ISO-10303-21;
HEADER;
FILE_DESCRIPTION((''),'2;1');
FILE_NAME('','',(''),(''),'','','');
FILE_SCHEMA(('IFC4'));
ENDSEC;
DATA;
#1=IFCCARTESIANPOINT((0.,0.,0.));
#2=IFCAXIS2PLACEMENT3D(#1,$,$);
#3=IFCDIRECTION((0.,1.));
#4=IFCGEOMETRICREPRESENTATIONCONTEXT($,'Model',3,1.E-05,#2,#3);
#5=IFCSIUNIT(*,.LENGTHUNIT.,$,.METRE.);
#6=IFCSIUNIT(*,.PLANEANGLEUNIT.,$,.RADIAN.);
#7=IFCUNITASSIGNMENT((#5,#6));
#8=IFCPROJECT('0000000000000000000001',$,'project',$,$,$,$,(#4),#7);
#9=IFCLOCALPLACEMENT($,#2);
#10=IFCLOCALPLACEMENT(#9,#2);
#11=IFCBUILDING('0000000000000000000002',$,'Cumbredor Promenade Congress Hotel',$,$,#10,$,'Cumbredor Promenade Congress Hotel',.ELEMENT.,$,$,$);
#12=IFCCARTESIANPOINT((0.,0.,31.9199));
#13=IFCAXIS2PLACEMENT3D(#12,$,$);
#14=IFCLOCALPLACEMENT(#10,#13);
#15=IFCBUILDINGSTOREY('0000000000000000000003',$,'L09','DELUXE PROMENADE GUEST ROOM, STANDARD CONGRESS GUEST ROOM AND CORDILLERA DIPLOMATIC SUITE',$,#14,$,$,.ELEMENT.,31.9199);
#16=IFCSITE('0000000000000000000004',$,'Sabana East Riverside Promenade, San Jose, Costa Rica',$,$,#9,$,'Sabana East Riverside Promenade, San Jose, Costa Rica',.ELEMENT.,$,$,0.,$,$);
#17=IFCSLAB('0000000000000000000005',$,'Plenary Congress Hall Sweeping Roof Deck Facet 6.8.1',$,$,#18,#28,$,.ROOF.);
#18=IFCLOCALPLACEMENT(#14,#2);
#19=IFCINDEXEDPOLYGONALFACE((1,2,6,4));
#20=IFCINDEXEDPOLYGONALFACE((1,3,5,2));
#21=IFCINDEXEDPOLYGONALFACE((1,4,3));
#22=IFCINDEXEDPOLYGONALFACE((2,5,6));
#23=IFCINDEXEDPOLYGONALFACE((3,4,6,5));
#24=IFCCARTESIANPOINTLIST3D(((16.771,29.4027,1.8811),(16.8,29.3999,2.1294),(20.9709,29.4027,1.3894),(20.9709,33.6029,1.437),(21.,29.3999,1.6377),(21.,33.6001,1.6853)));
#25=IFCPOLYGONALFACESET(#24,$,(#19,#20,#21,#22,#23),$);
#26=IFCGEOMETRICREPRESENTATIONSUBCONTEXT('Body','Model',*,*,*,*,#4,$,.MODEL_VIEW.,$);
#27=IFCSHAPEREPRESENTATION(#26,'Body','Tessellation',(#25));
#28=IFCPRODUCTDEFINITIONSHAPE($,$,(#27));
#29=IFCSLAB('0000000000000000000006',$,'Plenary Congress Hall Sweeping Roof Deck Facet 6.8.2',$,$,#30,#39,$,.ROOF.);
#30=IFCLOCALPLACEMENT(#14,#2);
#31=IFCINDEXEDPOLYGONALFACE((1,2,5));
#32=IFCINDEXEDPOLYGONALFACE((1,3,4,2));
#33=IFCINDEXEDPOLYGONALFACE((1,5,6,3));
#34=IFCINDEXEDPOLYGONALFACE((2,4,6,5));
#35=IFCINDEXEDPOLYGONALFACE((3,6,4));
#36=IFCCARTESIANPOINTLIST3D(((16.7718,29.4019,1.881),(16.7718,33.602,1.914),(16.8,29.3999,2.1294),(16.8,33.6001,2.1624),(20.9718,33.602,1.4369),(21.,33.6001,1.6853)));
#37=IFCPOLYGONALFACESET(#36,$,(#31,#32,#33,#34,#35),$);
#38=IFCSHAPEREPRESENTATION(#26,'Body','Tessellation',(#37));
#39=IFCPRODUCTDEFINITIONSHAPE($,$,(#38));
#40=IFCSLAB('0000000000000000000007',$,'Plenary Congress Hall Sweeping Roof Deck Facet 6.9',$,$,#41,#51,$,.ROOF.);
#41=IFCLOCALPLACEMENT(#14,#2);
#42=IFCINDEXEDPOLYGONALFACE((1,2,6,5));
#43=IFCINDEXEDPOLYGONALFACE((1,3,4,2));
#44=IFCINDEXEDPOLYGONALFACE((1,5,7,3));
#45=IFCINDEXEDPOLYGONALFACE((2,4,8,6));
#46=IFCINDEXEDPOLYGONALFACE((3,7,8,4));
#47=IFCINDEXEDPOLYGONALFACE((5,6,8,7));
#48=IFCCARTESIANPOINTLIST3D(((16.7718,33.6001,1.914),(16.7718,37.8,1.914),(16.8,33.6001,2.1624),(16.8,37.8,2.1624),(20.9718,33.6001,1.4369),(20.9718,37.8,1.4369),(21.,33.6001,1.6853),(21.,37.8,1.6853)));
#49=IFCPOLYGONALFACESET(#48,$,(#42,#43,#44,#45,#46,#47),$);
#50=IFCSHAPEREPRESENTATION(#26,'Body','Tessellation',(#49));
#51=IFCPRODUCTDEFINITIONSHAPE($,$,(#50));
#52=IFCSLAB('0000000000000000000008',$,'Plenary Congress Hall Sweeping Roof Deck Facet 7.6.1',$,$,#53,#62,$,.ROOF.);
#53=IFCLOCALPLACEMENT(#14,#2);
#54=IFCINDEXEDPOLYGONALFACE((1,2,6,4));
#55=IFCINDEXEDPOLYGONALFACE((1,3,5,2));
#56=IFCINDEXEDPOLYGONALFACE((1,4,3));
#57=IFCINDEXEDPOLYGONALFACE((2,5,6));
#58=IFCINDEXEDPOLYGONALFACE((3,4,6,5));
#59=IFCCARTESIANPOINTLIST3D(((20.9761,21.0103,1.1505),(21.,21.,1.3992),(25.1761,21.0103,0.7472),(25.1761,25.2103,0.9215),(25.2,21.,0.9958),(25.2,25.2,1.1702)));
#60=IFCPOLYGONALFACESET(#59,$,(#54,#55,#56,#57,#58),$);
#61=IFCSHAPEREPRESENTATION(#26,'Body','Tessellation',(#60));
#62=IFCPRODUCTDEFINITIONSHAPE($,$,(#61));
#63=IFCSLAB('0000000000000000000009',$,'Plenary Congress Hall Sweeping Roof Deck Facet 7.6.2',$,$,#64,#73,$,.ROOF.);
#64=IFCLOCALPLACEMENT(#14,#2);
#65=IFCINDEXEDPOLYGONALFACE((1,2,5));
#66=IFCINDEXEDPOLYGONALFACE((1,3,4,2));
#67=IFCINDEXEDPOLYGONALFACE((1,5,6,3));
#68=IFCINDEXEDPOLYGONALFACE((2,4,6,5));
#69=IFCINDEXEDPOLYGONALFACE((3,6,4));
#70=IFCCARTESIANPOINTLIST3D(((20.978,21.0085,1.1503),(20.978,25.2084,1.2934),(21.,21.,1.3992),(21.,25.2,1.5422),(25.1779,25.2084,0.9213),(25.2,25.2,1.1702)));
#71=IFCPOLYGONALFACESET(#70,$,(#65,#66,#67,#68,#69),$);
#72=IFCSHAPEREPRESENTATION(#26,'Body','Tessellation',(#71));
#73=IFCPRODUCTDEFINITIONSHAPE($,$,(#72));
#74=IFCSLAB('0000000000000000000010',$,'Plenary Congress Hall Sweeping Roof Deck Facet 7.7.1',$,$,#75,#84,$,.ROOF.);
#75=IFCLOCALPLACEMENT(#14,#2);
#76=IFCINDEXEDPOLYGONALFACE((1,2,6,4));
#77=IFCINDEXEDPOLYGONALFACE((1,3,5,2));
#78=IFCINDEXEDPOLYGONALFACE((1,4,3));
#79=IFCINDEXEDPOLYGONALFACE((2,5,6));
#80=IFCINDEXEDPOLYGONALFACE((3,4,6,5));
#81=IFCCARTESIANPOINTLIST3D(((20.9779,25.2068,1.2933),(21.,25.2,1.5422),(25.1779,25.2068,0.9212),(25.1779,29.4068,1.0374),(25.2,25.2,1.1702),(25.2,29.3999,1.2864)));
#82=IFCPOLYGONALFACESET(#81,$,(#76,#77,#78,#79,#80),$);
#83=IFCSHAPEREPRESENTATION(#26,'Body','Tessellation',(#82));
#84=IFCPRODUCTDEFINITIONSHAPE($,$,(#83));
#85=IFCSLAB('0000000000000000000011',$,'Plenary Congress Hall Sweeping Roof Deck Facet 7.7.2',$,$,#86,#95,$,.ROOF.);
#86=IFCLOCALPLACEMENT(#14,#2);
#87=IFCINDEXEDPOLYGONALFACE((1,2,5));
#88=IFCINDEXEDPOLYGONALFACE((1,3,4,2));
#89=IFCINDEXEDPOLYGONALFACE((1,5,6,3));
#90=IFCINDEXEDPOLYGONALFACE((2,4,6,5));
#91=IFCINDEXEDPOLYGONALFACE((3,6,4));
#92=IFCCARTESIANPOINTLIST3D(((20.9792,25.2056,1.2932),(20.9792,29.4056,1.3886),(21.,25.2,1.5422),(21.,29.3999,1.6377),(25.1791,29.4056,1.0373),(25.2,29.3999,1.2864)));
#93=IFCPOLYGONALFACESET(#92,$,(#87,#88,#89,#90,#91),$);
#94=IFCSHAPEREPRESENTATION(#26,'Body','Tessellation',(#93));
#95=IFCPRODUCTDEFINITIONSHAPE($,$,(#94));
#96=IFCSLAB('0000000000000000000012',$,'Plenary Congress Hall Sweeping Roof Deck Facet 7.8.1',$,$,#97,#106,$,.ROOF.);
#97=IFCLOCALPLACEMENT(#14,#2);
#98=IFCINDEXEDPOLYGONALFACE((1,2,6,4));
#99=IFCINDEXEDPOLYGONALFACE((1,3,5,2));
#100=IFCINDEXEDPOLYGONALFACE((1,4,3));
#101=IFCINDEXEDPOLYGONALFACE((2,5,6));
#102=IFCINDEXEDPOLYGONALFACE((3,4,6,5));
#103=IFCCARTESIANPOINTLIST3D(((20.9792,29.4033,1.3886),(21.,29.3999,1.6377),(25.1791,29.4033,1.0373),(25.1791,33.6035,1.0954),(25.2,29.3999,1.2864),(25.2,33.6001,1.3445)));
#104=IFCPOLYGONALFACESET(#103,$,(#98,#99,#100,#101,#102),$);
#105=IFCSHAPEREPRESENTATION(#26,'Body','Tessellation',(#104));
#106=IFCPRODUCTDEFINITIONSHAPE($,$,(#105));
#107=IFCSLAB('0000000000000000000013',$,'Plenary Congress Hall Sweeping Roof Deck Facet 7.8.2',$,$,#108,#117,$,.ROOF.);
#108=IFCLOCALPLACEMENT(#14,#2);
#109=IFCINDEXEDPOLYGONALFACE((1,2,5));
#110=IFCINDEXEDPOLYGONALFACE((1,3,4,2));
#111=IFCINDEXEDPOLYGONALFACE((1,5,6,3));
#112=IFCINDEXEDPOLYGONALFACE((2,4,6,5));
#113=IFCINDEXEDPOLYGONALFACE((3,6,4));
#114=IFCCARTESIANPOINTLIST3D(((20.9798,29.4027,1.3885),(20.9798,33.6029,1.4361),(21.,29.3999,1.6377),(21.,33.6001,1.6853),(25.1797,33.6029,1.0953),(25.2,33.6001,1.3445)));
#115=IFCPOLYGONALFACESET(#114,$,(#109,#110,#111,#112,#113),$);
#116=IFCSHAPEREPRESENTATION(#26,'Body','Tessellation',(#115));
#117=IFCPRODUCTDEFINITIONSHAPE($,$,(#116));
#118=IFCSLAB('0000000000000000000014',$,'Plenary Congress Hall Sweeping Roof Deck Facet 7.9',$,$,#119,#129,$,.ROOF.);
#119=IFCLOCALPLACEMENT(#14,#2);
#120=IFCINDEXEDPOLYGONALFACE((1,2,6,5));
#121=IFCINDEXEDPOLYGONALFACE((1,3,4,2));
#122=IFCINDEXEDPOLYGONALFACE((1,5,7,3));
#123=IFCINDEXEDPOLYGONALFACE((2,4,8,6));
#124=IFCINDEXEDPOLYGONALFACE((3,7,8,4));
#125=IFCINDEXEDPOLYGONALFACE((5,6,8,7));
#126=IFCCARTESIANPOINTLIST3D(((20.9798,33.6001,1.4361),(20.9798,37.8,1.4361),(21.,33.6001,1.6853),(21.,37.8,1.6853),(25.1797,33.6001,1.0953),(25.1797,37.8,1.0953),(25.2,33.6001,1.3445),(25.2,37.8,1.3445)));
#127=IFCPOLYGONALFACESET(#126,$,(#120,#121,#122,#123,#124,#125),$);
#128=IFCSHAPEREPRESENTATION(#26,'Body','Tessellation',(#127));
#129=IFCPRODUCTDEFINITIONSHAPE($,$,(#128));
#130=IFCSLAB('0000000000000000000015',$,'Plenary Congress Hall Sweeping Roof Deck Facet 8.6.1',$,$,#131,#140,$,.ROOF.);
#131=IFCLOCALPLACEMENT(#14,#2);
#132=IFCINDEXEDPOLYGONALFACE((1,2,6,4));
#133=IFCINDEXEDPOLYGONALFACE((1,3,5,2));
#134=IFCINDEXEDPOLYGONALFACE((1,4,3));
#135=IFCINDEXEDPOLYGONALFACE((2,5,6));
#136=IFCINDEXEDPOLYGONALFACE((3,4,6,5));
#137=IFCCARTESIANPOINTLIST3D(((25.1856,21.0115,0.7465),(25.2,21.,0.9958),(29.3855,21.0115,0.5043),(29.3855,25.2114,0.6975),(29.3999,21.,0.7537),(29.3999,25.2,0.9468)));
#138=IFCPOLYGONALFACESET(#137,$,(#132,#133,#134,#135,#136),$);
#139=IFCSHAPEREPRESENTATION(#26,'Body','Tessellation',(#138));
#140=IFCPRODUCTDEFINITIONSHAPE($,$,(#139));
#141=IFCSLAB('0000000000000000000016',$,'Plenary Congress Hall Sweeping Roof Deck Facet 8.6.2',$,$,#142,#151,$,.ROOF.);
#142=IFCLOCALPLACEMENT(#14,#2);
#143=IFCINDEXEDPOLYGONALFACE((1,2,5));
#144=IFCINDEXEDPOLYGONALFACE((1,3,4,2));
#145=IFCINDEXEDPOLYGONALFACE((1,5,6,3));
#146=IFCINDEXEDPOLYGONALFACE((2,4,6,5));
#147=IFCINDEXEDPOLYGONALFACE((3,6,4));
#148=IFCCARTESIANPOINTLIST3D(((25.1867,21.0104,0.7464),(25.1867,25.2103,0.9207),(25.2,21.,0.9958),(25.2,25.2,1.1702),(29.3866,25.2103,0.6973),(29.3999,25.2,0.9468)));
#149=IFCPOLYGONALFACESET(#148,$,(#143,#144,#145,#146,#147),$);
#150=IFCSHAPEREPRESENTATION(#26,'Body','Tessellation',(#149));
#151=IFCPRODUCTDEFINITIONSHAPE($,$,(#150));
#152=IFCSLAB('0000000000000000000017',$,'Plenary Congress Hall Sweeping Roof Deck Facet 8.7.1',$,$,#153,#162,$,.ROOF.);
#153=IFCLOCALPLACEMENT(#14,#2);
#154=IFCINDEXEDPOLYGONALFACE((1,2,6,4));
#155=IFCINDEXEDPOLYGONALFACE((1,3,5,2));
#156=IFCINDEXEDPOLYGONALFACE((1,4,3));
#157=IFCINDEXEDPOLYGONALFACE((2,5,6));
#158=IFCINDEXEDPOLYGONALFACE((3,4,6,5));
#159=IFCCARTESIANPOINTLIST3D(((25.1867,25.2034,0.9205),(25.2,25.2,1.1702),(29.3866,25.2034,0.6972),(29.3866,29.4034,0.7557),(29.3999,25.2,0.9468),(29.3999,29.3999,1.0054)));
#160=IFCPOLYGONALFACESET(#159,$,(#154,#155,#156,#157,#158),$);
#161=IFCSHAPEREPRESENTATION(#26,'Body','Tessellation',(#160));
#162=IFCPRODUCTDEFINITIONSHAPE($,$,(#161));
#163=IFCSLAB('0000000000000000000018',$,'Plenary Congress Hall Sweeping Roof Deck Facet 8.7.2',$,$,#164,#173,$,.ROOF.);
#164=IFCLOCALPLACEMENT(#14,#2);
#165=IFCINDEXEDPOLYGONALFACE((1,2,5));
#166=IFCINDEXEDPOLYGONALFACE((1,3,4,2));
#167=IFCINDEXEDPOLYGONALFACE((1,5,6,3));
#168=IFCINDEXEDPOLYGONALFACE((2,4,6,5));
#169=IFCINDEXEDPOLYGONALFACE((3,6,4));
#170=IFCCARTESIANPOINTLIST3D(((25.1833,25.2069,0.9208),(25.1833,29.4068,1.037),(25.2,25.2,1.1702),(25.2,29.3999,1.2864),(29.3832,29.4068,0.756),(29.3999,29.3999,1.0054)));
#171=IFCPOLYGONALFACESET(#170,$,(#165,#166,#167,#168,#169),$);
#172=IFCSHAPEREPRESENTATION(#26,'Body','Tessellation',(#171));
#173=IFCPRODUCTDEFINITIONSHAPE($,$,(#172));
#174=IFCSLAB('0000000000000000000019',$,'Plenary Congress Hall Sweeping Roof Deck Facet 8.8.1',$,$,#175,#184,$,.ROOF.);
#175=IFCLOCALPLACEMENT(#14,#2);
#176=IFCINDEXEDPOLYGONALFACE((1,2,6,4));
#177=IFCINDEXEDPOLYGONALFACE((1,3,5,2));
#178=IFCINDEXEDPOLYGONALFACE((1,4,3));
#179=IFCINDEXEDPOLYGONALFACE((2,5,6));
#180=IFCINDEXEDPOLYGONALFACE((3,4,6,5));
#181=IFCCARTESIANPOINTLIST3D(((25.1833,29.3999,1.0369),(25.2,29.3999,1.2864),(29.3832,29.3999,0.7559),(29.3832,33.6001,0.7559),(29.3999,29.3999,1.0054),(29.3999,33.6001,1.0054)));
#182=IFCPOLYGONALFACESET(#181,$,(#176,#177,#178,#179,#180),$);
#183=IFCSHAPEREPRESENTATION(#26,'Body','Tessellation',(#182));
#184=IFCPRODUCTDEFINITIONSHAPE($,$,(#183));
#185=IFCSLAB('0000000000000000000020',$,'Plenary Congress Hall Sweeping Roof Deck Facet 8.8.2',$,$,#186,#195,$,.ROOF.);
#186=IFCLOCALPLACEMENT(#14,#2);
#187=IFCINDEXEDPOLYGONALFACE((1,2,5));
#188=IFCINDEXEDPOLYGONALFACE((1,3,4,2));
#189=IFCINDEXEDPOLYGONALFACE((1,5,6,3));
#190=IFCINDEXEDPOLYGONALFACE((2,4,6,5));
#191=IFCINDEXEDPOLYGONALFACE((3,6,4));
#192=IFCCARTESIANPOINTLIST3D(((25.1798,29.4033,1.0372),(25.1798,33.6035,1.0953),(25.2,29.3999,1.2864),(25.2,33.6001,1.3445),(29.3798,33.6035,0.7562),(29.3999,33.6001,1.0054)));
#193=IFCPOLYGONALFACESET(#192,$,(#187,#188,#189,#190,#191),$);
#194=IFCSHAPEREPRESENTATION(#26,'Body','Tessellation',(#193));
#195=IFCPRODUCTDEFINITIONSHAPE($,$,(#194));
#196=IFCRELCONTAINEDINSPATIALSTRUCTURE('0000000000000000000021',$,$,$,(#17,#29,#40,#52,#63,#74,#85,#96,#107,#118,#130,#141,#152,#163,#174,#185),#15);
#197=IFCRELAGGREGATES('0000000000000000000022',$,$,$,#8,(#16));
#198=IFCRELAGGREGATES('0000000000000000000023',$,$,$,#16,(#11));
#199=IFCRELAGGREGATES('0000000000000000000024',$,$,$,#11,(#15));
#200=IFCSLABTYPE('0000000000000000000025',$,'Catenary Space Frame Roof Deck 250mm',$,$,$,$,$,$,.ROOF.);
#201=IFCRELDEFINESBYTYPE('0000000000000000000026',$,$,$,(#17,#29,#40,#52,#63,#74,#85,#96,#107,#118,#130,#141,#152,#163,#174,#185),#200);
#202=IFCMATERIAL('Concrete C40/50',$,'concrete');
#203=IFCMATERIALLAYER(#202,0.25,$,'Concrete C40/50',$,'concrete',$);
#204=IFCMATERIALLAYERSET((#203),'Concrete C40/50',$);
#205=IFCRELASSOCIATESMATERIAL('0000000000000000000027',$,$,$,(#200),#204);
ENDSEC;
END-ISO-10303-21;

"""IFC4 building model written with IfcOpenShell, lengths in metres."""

from ifc_helpers import new_model, si_unit, direction, frame, origin, place, context, subcontext, project, spatial, polyline, outline, extrude, material, layer, layer_set, type_object, element, save


model = new_model("IFC4")

# Units and contexts
model_context = context("Model", 3, precision=1e-05, world=origin(), true_north=direction((0.0, 1.0)))
body_context = subcontext(model_context, "Body", "Model", "MODEL_VIEW")
ifc_project = project(units=[si_unit("LENGTHUNIT", "METRE"), si_unit("PLANEANGLEUNIT", "RADIAN")], contexts=[model_context])

# Site, building, storey
site_placement = place(None, origin())
site = spatial("IfcSite", under=ifc_project, at=site_placement, Name="Sabana East Riverside Promenade, San Jose, Costa Rica", LongName="Sabana East Riverside Promenade, San Jose, Costa Rica", CompositionType="ELEMENT", RefElevation=0.0)
building_placement = place(site_placement, origin())
building = spatial("IfcBuilding", under=site, at=building_placement, Name="Cumbredor Promenade Congress Hotel", LongName="Cumbredor Promenade Congress Hotel", CompositionType="ELEMENT")
storey_placement = place(building_placement, frame((0.0, 0.0, 31.9199)))
storey = spatial("IfcBuildingStorey", under=building, at=storey_placement, Name="L09", Description="DELUXE PROMENADE GUEST ROOM, STANDARD CONGRESS GUEST ROOM AND CORDILLERA DIPLOMATIC SUITE", CompositionType="ELEMENT", Elevation=31.9199)

# Slabs
ifc_material_1 = material(Name="Concrete C40/50", Category="concrete")
ifc_layer_1 = layer(ifc_material_1, 0.25, Name="Concrete C40/50", Category="concrete")
ifc_layer_set_1 = layer_set([ifc_layer_1], Name="Concrete C40/50")
slab_type = type_object("IfcSlabType", Name="Catenary Space Frame Roof Deck 250mm", PredefinedType="ROOF", material=ifc_layer_set_1)
slab_1_placement = place(storey_placement, frame((16.8, 29.3999, 2.1294), z_axis=(0.116271, -0.011257, 0.993154), x_axis=(0.993217, 0.0, -0.116278)))
element("IfcSlab", 1, at=slab_1_placement, inside=storey, type_object=slab_type, Name="Plenary Congress Hall Sweeping Roof Deck Facet 6.8.1", PredefinedType="ROOF", context=body_context, shape_type="SweptSolid", body=[
    extrude(outline(polyline([(0.0, 0.0), (4.2286, 0.0), (4.2231, 4.2005), (0.0, 0.0)])), origin(), (0.0, 0.0, -1.0), 0.25),
])
slab_2_placement = place(storey_placement, frame((16.8, 29.3999, 2.1294), z_axis=(0.112856, -0.007797, 0.993581), x_axis=(0.705118, 0.705159, -0.074557)))
element("IfcSlab", 2, at=slab_2_placement, inside=storey, type_object=slab_type, Name="Plenary Congress Hall Sweeping Roof Deck Facet 6.8.2", PredefinedType="ROOF", context=body_context, shape_type="SweptSolid", body=[
    extrude(outline(polyline([(0.0, 0.0), (5.9564, 0.0), (2.9593, 2.9808), (0.0, 0.0)])), origin(), (0.0, 0.0, -1.0), 0.25),
])
slab_3_placement = place(storey_placement, frame((16.8, 33.6001, 2.1624), z_axis=(0.112859, 0.0, 0.993611), x_axis=(0.993611, 0.0, -0.112859)))
element("IfcSlab", 3, at=slab_3_placement, inside=storey, type_object=slab_type, Name="Plenary Congress Hall Sweeping Roof Deck Facet 6.9", PredefinedType="ROOF", context=body_context, shape_type="SweptSolid", body=[
    extrude(outline(polyline([(0.0, 0.0), (4.227, 0.0), (4.227, 4.2), (0.0, 4.2), (0.0, 0.0)])), origin(), (0.0, 0.0, -1.0), 0.25),
])
slab_4_placement = place(storey_placement, frame((21.0, 21.0, 1.3992), z_axis=(0.095509, -0.041279, 0.994572), x_axis=(0.995421, 0.0, -0.09559)))
element("IfcSlab", 4, at=slab_4_placement, inside=storey, type_object=slab_type, Name="Plenary Congress Hall Sweeping Roof Deck Facet 7.6.1", PredefinedType="ROOF", context=body_context, shape_type="SweptSolid", body=[
    extrude(outline(polyline([(0.0, 0.0), (4.2193, 0.0), (4.2026, 4.2035), (0.0, 0.0)])), origin(), (0.0, 0.0, -1.0), 0.25),
])
slab_5_placement = place(storey_placement, frame((21.0, 21.0, 1.3992), z_axis=(0.088193, -0.033911, 0.995526), x_axis=(0.706582, 0.706582, -0.038527)))
element("IfcSlab", 5, at=slab_5_placement, inside=storey, type_object=slab_type, Name="Plenary Congress Hall Sweeping Roof Deck Facet 7.6.2", PredefinedType="ROOF", context=body_context, shape_type="SweptSolid", body=[
    extrude(outline(polyline([(0.0, 0.0), (5.944, 0.0), (2.9621, 2.9809), (0.0, 0.0)])), origin(), (0.0, 0.0, -1.0), 0.25),
])
slab_6_placement = place(storey_placement, frame((21.0, 25.2, 1.5422), z_axis=(0.08821, -0.027551, 0.995721), x_axis=(0.996099, 0.0, -0.088244)))
element("IfcSlab", 6, at=slab_6_placement, inside=storey, type_object=slab_type, Name="Plenary Congress Hall Sweeping Roof Deck Facet 7.7.1", PredefinedType="ROOF", context=body_context, shape_type="SweptSolid", body=[
    extrude(outline(polyline([(0.0, 0.0), (4.2164, 0.0), (4.2061, 4.2015), (0.0, 0.0)])), origin(), (0.0, 0.0, -1.0), 0.25),
])
slab_7_placement = place(storey_placement, frame((21.0, 25.2, 1.5422), z_axis=(0.083336, -0.022644, 0.996264), x_axis=(0.706452, 0.706452, -0.043037)))
element("IfcSlab", 7, at=slab_7_placement, inside=storey, type_object=slab_type, Name="Plenary Congress Hall Sweeping Roof Deck Facet 7.7.2", PredefinedType="ROOF", context=body_context, shape_type="SweptSolid", body=[
    extrude(outline(polyline([(0.0, 0.0), (5.9451, 0.0), (2.963, 2.9782), (0.0, 0.0)])), origin(), (0.0, 0.0, -1.0), 0.25),
])
slab_8_placement = place(storey_placement, frame((21.0, 29.3999, 1.6377), z_axis=(0.083349, -0.013785, 0.996425), x_axis=(0.99652, 0.0, -0.083357)))
element("IfcSlab", 8, at=slab_8_placement, inside=storey, type_object=slab_type, Name="Plenary Congress Hall Sweeping Roof Deck Facet 7.8.1", PredefinedType="ROOF", context=body_context, shape_type="SweptSolid", body=[
    extrude(outline(polyline([(0.0, 0.0), (4.2146, 0.0), (4.2098, 4.2006), (0.0, 0.0)])), origin(), (0.0, 0.0, -1.0), 0.25),
])
slab_9_placement = place(storey_placement, frame((21.0, 29.3999, 1.6377), z_axis=(0.080878, -0.011297, 0.99666), x_axis=(0.706226, 0.706267, -0.049304)))
element("IfcSlab", 9, at=slab_9_placement, inside=storey, type_object=slab_type, Name="Plenary Congress Hall Sweeping Roof Deck Facet 7.8.2", PredefinedType="ROOF", context=body_context, shape_type="SweptSolid", body=[
    extrude(outline(polyline([(0.0, 0.0), (5.947, 0.0), (2.9641, 2.9762), (0.0, 0.0)])), origin(), (0.0, 0.0, -1.0), 0.25),
])
slab_10_placement = place(storey_placement, frame((21.0, 33.6001, 1.6853), z_axis=(0.080883, 0.0, 0.996724), x_axis=(0.996724, 0.0, -0.080883)))
element("IfcSlab", 10, at=slab_10_placement, inside=storey, type_object=slab_type, Name="Plenary Congress Hall Sweeping Roof Deck Facet 7.9", PredefinedType="ROOF", context=body_context, shape_type="SweptSolid", body=[
    extrude(outline(polyline([(0.0, 0.0), (4.2138, 0.0), (4.2138, 4.2), (0.0, 4.2), (0.0, 0.0)])), origin(), (0.0, 0.0, -1.0), 0.25),
])
slab_11_placement = place(storey_placement, frame((25.2, 21.0, 0.9958), z_axis=(0.057508, -0.045856, 0.997291), x_axis=(0.998342, 0.0, -0.057569)))
element("IfcSlab", 11, at=slab_11_placement, inside=storey, type_object=slab_type, Name="Plenary Congress Hall Sweeping Roof Deck Facet 8.6.1", PredefinedType="ROOF", context=body_context, shape_type="SweptSolid", body=[
    extrude(outline(polyline([(0.0, 0.0), (4.2069, 0.0), (4.1958, 4.2044), (0.0, 0.0)])), origin(), (0.0, 0.0, -1.0), 0.25),
])
slab_12_placement = place(storey_placement, frame((25.2, 21.0, 0.9958), z_axis=(0.053068, -0.04141, 0.997732), x_axis=(0.707083, 0.707083, -0.008262)))
element("IfcSlab", 12, at=slab_12_placement, inside=storey, type_object=slab_type, Name="Plenary Congress Hall Sweeping Roof Deck Facet 8.6.2", PredefinedType="ROOF", context=body_context, shape_type="SweptSolid", body=[
    extrude(outline(polyline([(0.0, 0.0), (5.9398, 0.0), (2.9683, 2.9765), (0.0, 0.0)])), origin(), (0.0, 0.0, -1.0), 0.25),
])
slab_13_placement = place(storey_placement, frame((25.2, 25.2, 1.1702), z_axis=(0.053108, -0.01393, 0.998492), x_axis=(0.998588, 0.0, -0.053113)))
element("IfcSlab", 13, at=slab_13_placement, inside=storey, type_object=slab_type, Name="Plenary Congress Hall Sweeping Roof Deck Facet 8.7.1", PredefinedType="ROOF", context=body_context, shape_type="SweptSolid", body=[
    extrude(outline(polyline([(0.0, 0.0), (4.2059, 0.0), (4.2028, 4.2004), (0.0, 0.0)])), origin(), (0.0, 0.0, -1.0), 0.25),
])
slab_14_placement = place(storey_placement, frame((25.2, 25.2, 1.1702), z_axis=(0.066732, -0.027597, 0.997389), x_axis=(0.706835, 0.706835, -0.027734)))
element("IfcSlab", 14, at=slab_14_placement, inside=storey, type_object=slab_type, Name="Plenary Congress Hall Sweeping Roof Deck Facet 8.7.2", PredefinedType="ROOF", context=body_context, shape_type="SweptSolid", body=[
    extrude(outline(polyline([(0.0, 0.0), (5.9419, 0.0), (2.9654, 2.9764), (0.0, 0.0)])), origin(), (0.0, 0.0, -1.0), 0.25),
])
slab_15_placement = place(storey_placement, frame((25.2, 29.3999, 1.2864), z_axis=(0.066758, 0.0, 0.997769), x_axis=(0.997769, 0.0, -0.066758)))
element("IfcSlab", 15, at=slab_15_placement, inside=storey, type_object=slab_type, Name="Plenary Congress Hall Sweeping Roof Deck Facet 8.8.1", PredefinedType="ROOF", context=body_context, shape_type="SweptSolid", body=[
    extrude(outline(polyline([(0.0, 0.0), (4.2093, 0.0), (4.2093, 4.2002), (0.0, 0.0)])), origin(), (0.0, 0.0, -1.0), 0.25),
])
slab_16_placement = place(storey_placement, frame((25.2, 29.3999, 1.2864), z_axis=(0.080472, -0.013788, 0.996661), x_axis=(0.706296, 0.706337, -0.047256)))
element("IfcSlab", 16, at=slab_16_placement, inside=storey, type_object=slab_type, Name="Plenary Congress Hall Sweeping Roof Deck Facet 8.8.2", PredefinedType="ROOF", context=body_context, shape_type="SweptSolid", body=[
    extrude(outline(polyline([(0.0, 0.0), (5.9464, 0.0), (2.964, 2.9765), (0.0, 0.0)])), origin(), (0.0, 0.0, -1.0), 0.25),
])

save(model, "model.ifc")
